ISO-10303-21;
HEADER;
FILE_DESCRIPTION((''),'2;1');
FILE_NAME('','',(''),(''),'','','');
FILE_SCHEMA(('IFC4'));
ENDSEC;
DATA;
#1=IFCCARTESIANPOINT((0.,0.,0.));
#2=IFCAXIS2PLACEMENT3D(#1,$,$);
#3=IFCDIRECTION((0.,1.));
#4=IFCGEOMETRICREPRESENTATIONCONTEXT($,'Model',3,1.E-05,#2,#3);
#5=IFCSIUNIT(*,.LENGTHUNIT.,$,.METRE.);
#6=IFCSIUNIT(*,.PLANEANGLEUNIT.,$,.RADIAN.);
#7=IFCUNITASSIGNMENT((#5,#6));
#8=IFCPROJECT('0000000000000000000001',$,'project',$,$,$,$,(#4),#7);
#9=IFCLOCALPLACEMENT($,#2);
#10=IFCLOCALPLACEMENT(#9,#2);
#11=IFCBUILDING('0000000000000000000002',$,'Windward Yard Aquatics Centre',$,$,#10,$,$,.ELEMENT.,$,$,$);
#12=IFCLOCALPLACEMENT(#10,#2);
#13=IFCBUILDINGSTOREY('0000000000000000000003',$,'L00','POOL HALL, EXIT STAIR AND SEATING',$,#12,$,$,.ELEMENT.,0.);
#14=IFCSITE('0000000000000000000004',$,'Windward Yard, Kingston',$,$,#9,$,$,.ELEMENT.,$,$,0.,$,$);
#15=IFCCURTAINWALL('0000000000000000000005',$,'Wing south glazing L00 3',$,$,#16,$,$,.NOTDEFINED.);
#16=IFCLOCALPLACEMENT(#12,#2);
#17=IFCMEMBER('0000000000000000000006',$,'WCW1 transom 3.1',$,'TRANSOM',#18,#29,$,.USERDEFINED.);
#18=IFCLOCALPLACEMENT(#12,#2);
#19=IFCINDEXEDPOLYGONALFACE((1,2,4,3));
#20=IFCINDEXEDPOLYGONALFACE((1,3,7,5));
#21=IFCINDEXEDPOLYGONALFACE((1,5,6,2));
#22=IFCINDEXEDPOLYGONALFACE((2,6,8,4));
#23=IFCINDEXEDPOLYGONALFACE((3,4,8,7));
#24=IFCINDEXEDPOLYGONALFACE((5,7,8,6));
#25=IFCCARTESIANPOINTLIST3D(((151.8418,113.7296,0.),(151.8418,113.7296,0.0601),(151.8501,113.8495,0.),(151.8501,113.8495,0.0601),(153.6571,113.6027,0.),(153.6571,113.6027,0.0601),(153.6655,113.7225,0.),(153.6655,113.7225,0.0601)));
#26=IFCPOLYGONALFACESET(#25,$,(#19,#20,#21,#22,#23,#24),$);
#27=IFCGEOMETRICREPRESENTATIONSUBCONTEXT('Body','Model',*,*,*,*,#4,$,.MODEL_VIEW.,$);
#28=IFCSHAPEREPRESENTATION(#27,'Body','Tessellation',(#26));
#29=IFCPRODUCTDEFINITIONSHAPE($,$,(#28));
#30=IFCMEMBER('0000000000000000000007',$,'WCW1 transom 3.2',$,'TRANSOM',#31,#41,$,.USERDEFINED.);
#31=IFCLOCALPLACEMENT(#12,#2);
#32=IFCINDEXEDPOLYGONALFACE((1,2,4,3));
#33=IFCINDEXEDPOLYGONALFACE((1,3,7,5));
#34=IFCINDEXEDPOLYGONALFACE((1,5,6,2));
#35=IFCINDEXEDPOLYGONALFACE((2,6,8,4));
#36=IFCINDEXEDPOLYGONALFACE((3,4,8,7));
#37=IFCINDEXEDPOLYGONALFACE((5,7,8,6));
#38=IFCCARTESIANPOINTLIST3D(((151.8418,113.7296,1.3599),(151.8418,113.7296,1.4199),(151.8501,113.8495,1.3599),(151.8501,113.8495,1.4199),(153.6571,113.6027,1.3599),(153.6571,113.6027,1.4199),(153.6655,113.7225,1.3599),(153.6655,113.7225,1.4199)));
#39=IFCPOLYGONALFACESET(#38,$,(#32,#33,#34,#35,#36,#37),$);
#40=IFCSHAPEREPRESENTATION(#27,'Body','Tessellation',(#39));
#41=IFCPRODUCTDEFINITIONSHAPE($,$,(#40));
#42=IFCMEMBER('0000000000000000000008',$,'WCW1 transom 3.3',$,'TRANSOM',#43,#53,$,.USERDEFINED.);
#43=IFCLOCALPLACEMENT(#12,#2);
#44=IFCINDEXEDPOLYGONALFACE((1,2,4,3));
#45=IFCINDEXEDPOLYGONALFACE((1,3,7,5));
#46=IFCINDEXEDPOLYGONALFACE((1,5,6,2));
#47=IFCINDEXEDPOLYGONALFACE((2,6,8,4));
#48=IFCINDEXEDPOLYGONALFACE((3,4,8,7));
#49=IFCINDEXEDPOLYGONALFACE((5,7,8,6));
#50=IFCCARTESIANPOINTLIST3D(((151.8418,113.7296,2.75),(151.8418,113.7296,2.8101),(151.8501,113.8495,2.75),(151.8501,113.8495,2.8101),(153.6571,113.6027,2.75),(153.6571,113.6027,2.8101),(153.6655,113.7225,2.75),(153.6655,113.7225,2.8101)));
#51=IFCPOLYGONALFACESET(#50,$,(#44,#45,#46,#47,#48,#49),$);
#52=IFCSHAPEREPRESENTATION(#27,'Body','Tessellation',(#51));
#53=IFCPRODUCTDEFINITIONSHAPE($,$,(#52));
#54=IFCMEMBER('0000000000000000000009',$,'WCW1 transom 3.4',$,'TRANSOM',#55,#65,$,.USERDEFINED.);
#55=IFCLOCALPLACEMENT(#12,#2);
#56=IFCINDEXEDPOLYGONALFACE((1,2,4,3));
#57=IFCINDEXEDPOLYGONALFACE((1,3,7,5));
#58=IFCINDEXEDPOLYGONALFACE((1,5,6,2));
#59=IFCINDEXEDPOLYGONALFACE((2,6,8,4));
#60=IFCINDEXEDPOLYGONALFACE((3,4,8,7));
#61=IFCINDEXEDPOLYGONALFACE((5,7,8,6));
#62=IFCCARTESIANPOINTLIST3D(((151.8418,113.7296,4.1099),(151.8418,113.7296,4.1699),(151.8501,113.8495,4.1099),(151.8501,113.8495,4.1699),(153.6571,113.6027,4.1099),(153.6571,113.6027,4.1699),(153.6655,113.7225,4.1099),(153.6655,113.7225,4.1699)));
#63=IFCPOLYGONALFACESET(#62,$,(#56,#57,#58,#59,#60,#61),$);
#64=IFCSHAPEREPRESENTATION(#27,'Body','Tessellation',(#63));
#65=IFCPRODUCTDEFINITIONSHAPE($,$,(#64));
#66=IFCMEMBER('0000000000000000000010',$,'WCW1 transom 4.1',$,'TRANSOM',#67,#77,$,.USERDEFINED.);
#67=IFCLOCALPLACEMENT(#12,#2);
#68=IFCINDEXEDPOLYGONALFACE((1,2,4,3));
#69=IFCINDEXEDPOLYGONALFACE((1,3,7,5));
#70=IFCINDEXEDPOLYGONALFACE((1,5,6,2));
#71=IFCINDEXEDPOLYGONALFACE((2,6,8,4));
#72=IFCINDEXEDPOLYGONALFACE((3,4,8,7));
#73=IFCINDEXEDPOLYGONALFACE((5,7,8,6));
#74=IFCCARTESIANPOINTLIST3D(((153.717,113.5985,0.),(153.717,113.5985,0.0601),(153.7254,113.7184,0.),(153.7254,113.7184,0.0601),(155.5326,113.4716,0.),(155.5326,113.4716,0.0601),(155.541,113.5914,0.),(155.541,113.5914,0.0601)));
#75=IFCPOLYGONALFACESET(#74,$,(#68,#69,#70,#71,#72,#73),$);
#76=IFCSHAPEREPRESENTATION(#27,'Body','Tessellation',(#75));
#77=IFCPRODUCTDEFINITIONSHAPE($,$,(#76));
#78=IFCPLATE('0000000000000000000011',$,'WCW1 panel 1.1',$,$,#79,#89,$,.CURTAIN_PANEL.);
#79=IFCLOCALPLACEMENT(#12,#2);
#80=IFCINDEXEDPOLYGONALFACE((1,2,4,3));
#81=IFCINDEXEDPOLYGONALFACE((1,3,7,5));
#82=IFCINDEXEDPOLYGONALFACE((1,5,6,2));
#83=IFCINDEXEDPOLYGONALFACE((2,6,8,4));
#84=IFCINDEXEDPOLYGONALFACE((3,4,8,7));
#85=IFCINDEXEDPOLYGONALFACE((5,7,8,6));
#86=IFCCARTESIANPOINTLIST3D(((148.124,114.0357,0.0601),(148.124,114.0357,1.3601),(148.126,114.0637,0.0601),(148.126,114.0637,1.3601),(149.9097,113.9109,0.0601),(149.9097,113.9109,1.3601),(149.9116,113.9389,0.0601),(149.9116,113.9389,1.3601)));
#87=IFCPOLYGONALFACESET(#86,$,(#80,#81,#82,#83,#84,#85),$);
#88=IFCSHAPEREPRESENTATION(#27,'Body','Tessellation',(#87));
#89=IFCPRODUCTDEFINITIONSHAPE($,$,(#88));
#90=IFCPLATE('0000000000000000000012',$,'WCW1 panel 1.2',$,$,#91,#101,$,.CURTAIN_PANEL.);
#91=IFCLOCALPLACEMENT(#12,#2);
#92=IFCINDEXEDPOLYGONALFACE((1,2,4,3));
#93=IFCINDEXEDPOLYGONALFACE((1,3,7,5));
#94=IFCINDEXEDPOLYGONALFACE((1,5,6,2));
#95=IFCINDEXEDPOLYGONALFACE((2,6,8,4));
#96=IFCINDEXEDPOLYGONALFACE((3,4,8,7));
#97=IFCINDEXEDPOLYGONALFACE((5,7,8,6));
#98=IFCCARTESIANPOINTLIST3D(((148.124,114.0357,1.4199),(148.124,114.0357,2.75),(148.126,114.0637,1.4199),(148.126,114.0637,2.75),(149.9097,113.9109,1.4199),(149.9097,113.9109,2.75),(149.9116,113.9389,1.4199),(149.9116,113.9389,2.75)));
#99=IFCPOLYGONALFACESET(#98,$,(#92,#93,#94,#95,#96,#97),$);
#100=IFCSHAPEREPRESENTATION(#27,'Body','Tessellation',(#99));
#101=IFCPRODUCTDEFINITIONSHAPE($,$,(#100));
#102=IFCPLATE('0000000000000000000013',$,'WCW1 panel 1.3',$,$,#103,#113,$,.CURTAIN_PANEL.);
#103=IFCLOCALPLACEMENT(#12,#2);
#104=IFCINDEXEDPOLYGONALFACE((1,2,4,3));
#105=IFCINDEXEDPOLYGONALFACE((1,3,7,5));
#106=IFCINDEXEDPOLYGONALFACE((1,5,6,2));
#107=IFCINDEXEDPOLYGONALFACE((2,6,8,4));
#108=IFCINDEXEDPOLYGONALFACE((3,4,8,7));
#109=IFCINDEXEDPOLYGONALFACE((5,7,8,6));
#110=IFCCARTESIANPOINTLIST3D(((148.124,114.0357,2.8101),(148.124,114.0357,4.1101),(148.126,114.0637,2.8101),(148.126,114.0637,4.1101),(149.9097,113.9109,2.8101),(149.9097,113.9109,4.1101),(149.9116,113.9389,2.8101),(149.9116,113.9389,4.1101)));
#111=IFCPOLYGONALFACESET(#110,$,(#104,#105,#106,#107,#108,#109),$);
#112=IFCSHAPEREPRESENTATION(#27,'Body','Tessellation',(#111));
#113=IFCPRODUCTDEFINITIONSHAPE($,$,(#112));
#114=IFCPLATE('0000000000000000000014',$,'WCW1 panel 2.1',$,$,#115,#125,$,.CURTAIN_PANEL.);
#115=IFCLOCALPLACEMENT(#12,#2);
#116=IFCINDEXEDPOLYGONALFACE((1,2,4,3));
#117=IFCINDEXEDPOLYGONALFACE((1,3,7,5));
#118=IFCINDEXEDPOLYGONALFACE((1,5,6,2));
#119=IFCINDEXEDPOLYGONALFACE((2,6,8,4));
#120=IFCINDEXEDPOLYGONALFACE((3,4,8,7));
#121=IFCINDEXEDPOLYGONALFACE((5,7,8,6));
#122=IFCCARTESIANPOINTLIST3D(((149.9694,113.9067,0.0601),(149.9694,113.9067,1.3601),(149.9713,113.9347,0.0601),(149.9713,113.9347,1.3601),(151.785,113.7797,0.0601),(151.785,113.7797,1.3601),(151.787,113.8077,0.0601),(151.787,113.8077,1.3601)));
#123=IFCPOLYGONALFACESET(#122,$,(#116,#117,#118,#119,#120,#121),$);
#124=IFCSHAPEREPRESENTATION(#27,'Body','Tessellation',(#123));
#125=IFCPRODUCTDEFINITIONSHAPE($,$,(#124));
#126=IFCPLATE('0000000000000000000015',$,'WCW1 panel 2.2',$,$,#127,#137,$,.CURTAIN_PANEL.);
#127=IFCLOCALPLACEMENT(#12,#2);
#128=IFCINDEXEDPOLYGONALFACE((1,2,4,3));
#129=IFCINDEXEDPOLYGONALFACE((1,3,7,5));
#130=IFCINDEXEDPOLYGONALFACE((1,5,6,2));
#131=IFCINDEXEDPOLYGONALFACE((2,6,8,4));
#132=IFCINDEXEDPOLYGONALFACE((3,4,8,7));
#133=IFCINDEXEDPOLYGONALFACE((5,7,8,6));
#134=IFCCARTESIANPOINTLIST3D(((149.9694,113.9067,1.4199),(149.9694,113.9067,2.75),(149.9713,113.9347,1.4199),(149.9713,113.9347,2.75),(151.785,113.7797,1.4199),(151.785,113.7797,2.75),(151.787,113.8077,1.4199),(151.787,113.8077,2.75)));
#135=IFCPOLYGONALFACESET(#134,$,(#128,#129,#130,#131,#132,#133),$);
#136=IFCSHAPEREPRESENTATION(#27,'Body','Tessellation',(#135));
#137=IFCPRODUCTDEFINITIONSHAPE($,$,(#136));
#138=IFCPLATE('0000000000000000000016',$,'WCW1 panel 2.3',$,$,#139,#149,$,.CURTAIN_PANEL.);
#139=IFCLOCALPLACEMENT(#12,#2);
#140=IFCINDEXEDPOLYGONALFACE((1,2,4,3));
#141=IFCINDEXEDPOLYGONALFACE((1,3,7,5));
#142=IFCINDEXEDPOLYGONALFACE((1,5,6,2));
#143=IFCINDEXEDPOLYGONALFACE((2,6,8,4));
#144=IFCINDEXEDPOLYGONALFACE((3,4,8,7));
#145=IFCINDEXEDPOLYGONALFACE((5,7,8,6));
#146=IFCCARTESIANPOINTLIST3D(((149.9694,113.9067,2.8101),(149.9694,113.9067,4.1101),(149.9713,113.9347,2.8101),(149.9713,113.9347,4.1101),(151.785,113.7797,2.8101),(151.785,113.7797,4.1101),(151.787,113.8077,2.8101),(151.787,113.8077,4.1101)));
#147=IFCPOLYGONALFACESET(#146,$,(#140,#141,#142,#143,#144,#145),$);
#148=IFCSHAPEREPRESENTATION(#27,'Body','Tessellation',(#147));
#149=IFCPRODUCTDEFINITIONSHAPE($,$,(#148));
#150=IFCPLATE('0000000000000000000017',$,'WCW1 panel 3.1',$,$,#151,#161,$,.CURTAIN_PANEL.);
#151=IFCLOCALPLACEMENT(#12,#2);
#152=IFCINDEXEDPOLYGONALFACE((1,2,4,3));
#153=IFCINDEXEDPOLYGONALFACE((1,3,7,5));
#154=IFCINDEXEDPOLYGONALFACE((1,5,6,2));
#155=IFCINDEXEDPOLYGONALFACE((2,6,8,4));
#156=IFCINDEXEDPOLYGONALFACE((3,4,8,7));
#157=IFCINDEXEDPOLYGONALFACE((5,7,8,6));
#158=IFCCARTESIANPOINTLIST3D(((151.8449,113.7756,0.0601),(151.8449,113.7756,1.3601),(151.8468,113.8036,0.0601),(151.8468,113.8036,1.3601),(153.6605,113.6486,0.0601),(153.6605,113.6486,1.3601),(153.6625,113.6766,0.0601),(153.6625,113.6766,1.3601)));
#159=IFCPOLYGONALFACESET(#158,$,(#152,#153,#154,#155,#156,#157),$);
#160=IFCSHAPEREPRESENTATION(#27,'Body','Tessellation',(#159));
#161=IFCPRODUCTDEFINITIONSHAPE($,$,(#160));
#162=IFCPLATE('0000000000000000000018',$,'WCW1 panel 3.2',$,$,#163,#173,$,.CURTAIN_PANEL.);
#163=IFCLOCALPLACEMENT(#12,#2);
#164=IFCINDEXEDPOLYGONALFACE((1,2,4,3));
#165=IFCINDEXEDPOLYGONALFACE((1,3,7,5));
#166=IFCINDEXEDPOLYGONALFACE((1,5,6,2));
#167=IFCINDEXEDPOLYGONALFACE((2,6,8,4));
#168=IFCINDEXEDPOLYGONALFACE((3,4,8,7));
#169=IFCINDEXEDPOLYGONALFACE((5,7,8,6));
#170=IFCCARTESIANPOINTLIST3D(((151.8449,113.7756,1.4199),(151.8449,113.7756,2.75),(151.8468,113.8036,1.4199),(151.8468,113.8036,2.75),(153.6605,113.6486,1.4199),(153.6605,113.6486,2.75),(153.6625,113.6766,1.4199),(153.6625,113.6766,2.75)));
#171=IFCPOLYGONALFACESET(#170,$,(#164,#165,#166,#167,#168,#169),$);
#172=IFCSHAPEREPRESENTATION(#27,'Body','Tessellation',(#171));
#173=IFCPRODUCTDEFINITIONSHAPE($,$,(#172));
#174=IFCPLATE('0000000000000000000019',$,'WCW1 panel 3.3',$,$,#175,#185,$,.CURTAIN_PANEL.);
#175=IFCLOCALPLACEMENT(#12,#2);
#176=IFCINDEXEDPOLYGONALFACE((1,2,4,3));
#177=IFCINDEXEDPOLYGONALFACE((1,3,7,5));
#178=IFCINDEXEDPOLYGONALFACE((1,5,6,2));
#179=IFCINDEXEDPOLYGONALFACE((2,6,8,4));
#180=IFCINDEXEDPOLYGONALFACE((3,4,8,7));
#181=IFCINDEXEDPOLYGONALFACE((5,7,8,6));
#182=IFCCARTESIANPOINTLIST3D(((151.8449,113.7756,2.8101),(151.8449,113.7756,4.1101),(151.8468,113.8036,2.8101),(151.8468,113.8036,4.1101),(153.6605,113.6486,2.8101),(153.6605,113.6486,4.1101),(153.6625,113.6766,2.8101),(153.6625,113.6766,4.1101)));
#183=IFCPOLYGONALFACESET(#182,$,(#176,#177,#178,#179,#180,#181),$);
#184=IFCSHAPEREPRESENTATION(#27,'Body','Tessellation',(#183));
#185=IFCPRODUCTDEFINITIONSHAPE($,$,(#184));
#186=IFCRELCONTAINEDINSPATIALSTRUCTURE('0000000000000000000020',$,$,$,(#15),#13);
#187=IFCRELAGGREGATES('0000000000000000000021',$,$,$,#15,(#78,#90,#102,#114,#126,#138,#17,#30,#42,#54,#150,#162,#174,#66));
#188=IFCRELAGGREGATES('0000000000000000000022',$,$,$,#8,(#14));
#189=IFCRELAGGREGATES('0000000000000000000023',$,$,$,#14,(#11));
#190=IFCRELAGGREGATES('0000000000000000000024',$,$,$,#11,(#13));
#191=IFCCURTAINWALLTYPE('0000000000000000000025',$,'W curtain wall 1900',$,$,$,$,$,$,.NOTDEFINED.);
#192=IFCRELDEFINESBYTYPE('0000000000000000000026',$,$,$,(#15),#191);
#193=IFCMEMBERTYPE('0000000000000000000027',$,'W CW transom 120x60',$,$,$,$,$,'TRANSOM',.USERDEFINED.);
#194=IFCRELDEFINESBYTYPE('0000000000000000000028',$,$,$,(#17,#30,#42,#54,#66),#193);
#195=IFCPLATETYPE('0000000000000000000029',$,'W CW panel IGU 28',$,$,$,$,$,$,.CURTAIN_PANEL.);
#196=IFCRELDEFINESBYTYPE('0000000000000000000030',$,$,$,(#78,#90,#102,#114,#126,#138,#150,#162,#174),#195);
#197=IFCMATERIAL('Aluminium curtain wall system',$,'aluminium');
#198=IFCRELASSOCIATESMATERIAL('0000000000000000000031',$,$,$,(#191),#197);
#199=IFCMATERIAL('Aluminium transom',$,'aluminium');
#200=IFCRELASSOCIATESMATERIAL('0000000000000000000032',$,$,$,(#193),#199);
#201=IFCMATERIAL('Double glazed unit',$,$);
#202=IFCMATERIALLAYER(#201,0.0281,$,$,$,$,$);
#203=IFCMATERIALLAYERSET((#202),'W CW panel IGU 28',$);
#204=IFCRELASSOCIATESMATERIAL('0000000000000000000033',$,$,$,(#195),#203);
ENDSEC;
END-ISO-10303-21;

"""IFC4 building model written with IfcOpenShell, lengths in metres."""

from ifc_helpers import new_model, si_unit, direction, frame, origin, origin_2d, place, context, subcontext, project, spatial, rectangle, extrude, material, layer, layer_set, material_profile, profile_set, type_object, element, aggregate, save


model = new_model("IFC4")

# Units and contexts
model_context = context("Model", 3, precision=1e-05, world=origin(), true_north=direction((0.0, 1.0)))
body_context = subcontext(model_context, "Body", "Model", "MODEL_VIEW")
ifc_project = project(units=[si_unit("LENGTHUNIT", "METRE"), si_unit("PLANEANGLEUNIT", "RADIAN")], contexts=[model_context])

# Site, building, storey
site_placement = place(None, origin())
site = spatial("IfcSite", under=ifc_project, at=site_placement, Name="Windward Yard, Kingston", CompositionType="ELEMENT", RefElevation=0.0)
building_placement = place(site_placement, origin())
building = spatial("IfcBuilding", under=site, at=building_placement, Name="Windward Yard Aquatics Centre", CompositionType="ELEMENT")
storey_placement = place(building_placement, origin())
storey = spatial("IfcBuildingStorey", under=building, at=storey_placement, Name="L00", Description="POOL HALL, EXIT STAIR AND SEATING", CompositionType="ELEMENT", Elevation=0.0)

# Curtain wall, members, plates
ifc_material_1 = material(Name="Aluminium curtain wall system", Category="aluminium")
curtain_wall_type = type_object("IfcCurtainWallType", Name="W curtain wall 1900", PredefinedType="NOTDEFINED", material=ifc_material_1)
curtain_wall_placement = place(storey_placement, origin())
curtain_wall = element("IfcCurtainWall", 1, at=curtain_wall_placement, inside=storey, type_object=curtain_wall_type, Name="Wing south glazing L00 3", PredefinedType="NOTDEFINED")
ifc_material_2 = material(Name="Aluminium transom", Category="aluminium")
ifc_material_profile_1 = material_profile(ifc_material_2, rectangle(XDim=0.1201, YDim=0.0601, at=origin_2d()), Name="AL 120x60")
ifc_profile_set_1 = profile_set([ifc_material_profile_1], Name="Aluminium transom")
member_type_1 = type_object("IfcMemberType", Name="W CW transom 120x60", ElementType="TRANSOM", PredefinedType="USERDEFINED", material=ifc_profile_set_1)
member_1_placement = place(storey_placement, frame((151.8459, 113.7896, 0.03), z_axis=(0.997564, -0.06976, 0.0), x_axis=(0.06976, 0.997564, 0.0)))
member_1 = element("IfcMember", 2, at=member_1_placement, type_object=member_type_1, Name="WCW1 transom 3.1", ObjectType="TRANSOM", PredefinedType="USERDEFINED", context=body_context, shape_type="SweptSolid", body=[
    extrude(rectangle(XDim=0.1201, YDim=0.0601, at=origin_2d()), origin(), (0.0, 0.0, 1.0), 1.8198),
])
member_2_placement = place(storey_placement, frame((151.8459, 113.7896, 1.3899), z_axis=(0.997564, -0.06976, 0.0), x_axis=(0.06976, 0.997564, 0.0)))
member_2 = element("IfcMember", 3, at=member_2_placement, type_object=member_type_1, Name="WCW1 transom 3.2", ObjectType="TRANSOM", PredefinedType="USERDEFINED", context=body_context, shape_type="SweptSolid", body=[
    extrude(rectangle(XDim=0.1201, YDim=0.0601, at=origin_2d()), origin(), (0.0, 0.0, 1.0), 1.8198),
])
member_3_placement = place(storey_placement, frame((151.8459, 113.7896, 2.78), z_axis=(0.997564, -0.06976, 0.0), x_axis=(0.06976, 0.997564, 0.0)))
member_3 = element("IfcMember", 4, at=member_3_placement, type_object=member_type_1, Name="WCW1 transom 3.3", ObjectType="TRANSOM", PredefinedType="USERDEFINED", context=body_context, shape_type="SweptSolid", body=[
    extrude(rectangle(XDim=0.1201, YDim=0.0601, at=origin_2d()), origin(), (0.0, 0.0, 1.0), 1.8198),
])
member_4_placement = place(storey_placement, frame((151.8459, 113.7896, 4.1399), z_axis=(0.997564, -0.06976, 0.0), x_axis=(0.06976, 0.997564, 0.0)))
member_4 = element("IfcMember", 5, at=member_4_placement, type_object=member_type_1, Name="WCW1 transom 3.4", ObjectType="TRANSOM", PredefinedType="USERDEFINED", context=body_context, shape_type="SweptSolid", body=[
    extrude(rectangle(XDim=0.1201, YDim=0.0601, at=origin_2d()), origin(), (0.0, 0.0, 1.0), 1.8198),
])
member_5_placement = place(storey_placement, frame((153.7212, 113.6584, 0.03), z_axis=(0.997564, -0.06975, 0.0), x_axis=(0.06975, 0.997564, 0.0)))
member_5 = element("IfcMember", 6, at=member_5_placement, type_object=member_type_1, Name="WCW1 transom 4.1", ObjectType="TRANSOM", PredefinedType="USERDEFINED", context=body_context, shape_type="SweptSolid", body=[
    extrude(rectangle(XDim=0.1201, YDim=0.0601, at=origin_2d()), origin(), (0.0, 0.0, 1.0), 1.8201),
])
ifc_material_3 = material(Name="Double glazed unit")
ifc_layer_1 = layer(ifc_material_3, 0.0281)
ifc_layer_set_1 = layer_set([ifc_layer_1], Name="W CW panel IGU 28")
plate_type = type_object("IfcPlateType", Name="W CW panel IGU 28", PredefinedType="CURTAIN_PANEL", material=ifc_layer_set_1)
plate_1_placement = place(storey_placement, frame((149.0178, 113.9873, 0.0601), z_axis=(0.0, 0.0, 1.0), x_axis=(0.997564, -0.069755, 0.0)))
plate_1 = element("IfcPlate", 7, at=plate_1_placement, type_object=plate_type, Name="WCW1 panel 1.1", PredefinedType="CURTAIN_PANEL", context=body_context, shape_type="SweptSolid", body=[
    extrude(rectangle(XDim=1.79, YDim=0.0281, at=origin_2d()), origin(), (0.0, 0.0, 1.0), 1.3),
])
plate_2_placement = place(storey_placement, frame((149.0178, 113.9873, 1.4199), z_axis=(0.0, 0.0, 1.0), x_axis=(0.997564, -0.069755, 0.0)))
plate_2 = element("IfcPlate", 8, at=plate_2_placement, type_object=plate_type, Name="WCW1 panel 1.2", PredefinedType="CURTAIN_PANEL", context=body_context, shape_type="SweptSolid", body=[
    extrude(rectangle(XDim=1.79, YDim=0.0281, at=origin_2d()), origin(), (0.0, 0.0, 1.0), 1.3301),
])
plate_3_placement = place(storey_placement, frame((149.0178, 113.9873, 2.8101), z_axis=(0.0, 0.0, 1.0), x_axis=(0.997564, -0.069755, 0.0)))
plate_3 = element("IfcPlate", 9, at=plate_3_placement, type_object=plate_type, Name="WCW1 panel 1.3", PredefinedType="CURTAIN_PANEL", context=body_context, shape_type="SweptSolid", body=[
    extrude(rectangle(XDim=1.79, YDim=0.0281, at=origin_2d()), origin(), (0.0, 0.0, 1.0), 1.3),
])
plate_4_placement = place(storey_placement, frame((150.8782, 113.8572, 0.0601), z_axis=(0.0, 0.0, 1.0), x_axis=(0.997564, -0.069755, 0.0)))
plate_4 = element("IfcPlate", 10, at=plate_4_placement, type_object=plate_type, Name="WCW1 panel 2.1", PredefinedType="CURTAIN_PANEL", context=body_context, shape_type="SweptSolid", body=[
    extrude(rectangle(XDim=1.8201, YDim=0.0281, at=origin_2d()), origin(), (0.0, 0.0, 1.0), 1.3),
])
plate_5_placement = place(storey_placement, frame((150.8782, 113.8572, 1.4199), z_axis=(0.0, 0.0, 1.0), x_axis=(0.997564, -0.069755, 0.0)))
plate_5 = element("IfcPlate", 11, at=plate_5_placement, type_object=plate_type, Name="WCW1 panel 2.2", PredefinedType="CURTAIN_PANEL", context=body_context, shape_type="SweptSolid", body=[
    extrude(rectangle(XDim=1.8201, YDim=0.0281, at=origin_2d()), origin(), (0.0, 0.0, 1.0), 1.3301),
])
plate_6_placement = place(storey_placement, frame((150.8782, 113.8572, 2.8101), z_axis=(0.0, 0.0, 1.0), x_axis=(0.997564, -0.069755, 0.0)))
plate_6 = element("IfcPlate", 12, at=plate_6_placement, type_object=plate_type, Name="WCW1 panel 2.3", PredefinedType="CURTAIN_PANEL", context=body_context, shape_type="SweptSolid", body=[
    extrude(rectangle(XDim=1.8201, YDim=0.0281, at=origin_2d()), origin(), (0.0, 0.0, 1.0), 1.3),
])
plate_7_placement = place(storey_placement, frame((152.7537, 113.7261, 0.0601), z_axis=(0.0, 0.0, 1.0), x_axis=(0.997564, -0.069755, 0.0)))
plate_7 = element("IfcPlate", 13, at=plate_7_placement, type_object=plate_type, Name="WCW1 panel 3.1", PredefinedType="CURTAIN_PANEL", context=body_context, shape_type="SweptSolid", body=[
    extrude(rectangle(XDim=1.8201, YDim=0.0281, at=origin_2d()), origin(), (0.0, 0.0, 1.0), 1.3),
])
plate_8_placement = place(storey_placement, frame((152.7537, 113.7261, 1.4199), z_axis=(0.0, 0.0, 1.0), x_axis=(0.997564, -0.069755, 0.0)))
plate_8 = element("IfcPlate", 14, at=plate_8_placement, type_object=plate_type, Name="WCW1 panel 3.2", PredefinedType="CURTAIN_PANEL", context=body_context, shape_type="SweptSolid", body=[
    extrude(rectangle(XDim=1.8201, YDim=0.0281, at=origin_2d()), origin(), (0.0, 0.0, 1.0), 1.3301),
])
plate_9_placement = place(storey_placement, frame((152.7537, 113.7261, 2.8101), z_axis=(0.0, 0.0, 1.0), x_axis=(0.997564, -0.069755, 0.0)))
plate_9 = element("IfcPlate", 15, at=plate_9_placement, type_object=plate_type, Name="WCW1 panel 3.3", PredefinedType="CURTAIN_PANEL", context=body_context, shape_type="SweptSolid", body=[
    extrude(rectangle(XDim=1.8201, YDim=0.0281, at=origin_2d()), origin(), (0.0, 0.0, 1.0), 1.3),
])
aggregate(curtain_wall, [plate_1, plate_2, plate_3, plate_4, plate_5, plate_6, member_1, member_2, member_3, member_4, plate_7, plate_8, plate_9, member_5])

save(model, "model.ifc")
